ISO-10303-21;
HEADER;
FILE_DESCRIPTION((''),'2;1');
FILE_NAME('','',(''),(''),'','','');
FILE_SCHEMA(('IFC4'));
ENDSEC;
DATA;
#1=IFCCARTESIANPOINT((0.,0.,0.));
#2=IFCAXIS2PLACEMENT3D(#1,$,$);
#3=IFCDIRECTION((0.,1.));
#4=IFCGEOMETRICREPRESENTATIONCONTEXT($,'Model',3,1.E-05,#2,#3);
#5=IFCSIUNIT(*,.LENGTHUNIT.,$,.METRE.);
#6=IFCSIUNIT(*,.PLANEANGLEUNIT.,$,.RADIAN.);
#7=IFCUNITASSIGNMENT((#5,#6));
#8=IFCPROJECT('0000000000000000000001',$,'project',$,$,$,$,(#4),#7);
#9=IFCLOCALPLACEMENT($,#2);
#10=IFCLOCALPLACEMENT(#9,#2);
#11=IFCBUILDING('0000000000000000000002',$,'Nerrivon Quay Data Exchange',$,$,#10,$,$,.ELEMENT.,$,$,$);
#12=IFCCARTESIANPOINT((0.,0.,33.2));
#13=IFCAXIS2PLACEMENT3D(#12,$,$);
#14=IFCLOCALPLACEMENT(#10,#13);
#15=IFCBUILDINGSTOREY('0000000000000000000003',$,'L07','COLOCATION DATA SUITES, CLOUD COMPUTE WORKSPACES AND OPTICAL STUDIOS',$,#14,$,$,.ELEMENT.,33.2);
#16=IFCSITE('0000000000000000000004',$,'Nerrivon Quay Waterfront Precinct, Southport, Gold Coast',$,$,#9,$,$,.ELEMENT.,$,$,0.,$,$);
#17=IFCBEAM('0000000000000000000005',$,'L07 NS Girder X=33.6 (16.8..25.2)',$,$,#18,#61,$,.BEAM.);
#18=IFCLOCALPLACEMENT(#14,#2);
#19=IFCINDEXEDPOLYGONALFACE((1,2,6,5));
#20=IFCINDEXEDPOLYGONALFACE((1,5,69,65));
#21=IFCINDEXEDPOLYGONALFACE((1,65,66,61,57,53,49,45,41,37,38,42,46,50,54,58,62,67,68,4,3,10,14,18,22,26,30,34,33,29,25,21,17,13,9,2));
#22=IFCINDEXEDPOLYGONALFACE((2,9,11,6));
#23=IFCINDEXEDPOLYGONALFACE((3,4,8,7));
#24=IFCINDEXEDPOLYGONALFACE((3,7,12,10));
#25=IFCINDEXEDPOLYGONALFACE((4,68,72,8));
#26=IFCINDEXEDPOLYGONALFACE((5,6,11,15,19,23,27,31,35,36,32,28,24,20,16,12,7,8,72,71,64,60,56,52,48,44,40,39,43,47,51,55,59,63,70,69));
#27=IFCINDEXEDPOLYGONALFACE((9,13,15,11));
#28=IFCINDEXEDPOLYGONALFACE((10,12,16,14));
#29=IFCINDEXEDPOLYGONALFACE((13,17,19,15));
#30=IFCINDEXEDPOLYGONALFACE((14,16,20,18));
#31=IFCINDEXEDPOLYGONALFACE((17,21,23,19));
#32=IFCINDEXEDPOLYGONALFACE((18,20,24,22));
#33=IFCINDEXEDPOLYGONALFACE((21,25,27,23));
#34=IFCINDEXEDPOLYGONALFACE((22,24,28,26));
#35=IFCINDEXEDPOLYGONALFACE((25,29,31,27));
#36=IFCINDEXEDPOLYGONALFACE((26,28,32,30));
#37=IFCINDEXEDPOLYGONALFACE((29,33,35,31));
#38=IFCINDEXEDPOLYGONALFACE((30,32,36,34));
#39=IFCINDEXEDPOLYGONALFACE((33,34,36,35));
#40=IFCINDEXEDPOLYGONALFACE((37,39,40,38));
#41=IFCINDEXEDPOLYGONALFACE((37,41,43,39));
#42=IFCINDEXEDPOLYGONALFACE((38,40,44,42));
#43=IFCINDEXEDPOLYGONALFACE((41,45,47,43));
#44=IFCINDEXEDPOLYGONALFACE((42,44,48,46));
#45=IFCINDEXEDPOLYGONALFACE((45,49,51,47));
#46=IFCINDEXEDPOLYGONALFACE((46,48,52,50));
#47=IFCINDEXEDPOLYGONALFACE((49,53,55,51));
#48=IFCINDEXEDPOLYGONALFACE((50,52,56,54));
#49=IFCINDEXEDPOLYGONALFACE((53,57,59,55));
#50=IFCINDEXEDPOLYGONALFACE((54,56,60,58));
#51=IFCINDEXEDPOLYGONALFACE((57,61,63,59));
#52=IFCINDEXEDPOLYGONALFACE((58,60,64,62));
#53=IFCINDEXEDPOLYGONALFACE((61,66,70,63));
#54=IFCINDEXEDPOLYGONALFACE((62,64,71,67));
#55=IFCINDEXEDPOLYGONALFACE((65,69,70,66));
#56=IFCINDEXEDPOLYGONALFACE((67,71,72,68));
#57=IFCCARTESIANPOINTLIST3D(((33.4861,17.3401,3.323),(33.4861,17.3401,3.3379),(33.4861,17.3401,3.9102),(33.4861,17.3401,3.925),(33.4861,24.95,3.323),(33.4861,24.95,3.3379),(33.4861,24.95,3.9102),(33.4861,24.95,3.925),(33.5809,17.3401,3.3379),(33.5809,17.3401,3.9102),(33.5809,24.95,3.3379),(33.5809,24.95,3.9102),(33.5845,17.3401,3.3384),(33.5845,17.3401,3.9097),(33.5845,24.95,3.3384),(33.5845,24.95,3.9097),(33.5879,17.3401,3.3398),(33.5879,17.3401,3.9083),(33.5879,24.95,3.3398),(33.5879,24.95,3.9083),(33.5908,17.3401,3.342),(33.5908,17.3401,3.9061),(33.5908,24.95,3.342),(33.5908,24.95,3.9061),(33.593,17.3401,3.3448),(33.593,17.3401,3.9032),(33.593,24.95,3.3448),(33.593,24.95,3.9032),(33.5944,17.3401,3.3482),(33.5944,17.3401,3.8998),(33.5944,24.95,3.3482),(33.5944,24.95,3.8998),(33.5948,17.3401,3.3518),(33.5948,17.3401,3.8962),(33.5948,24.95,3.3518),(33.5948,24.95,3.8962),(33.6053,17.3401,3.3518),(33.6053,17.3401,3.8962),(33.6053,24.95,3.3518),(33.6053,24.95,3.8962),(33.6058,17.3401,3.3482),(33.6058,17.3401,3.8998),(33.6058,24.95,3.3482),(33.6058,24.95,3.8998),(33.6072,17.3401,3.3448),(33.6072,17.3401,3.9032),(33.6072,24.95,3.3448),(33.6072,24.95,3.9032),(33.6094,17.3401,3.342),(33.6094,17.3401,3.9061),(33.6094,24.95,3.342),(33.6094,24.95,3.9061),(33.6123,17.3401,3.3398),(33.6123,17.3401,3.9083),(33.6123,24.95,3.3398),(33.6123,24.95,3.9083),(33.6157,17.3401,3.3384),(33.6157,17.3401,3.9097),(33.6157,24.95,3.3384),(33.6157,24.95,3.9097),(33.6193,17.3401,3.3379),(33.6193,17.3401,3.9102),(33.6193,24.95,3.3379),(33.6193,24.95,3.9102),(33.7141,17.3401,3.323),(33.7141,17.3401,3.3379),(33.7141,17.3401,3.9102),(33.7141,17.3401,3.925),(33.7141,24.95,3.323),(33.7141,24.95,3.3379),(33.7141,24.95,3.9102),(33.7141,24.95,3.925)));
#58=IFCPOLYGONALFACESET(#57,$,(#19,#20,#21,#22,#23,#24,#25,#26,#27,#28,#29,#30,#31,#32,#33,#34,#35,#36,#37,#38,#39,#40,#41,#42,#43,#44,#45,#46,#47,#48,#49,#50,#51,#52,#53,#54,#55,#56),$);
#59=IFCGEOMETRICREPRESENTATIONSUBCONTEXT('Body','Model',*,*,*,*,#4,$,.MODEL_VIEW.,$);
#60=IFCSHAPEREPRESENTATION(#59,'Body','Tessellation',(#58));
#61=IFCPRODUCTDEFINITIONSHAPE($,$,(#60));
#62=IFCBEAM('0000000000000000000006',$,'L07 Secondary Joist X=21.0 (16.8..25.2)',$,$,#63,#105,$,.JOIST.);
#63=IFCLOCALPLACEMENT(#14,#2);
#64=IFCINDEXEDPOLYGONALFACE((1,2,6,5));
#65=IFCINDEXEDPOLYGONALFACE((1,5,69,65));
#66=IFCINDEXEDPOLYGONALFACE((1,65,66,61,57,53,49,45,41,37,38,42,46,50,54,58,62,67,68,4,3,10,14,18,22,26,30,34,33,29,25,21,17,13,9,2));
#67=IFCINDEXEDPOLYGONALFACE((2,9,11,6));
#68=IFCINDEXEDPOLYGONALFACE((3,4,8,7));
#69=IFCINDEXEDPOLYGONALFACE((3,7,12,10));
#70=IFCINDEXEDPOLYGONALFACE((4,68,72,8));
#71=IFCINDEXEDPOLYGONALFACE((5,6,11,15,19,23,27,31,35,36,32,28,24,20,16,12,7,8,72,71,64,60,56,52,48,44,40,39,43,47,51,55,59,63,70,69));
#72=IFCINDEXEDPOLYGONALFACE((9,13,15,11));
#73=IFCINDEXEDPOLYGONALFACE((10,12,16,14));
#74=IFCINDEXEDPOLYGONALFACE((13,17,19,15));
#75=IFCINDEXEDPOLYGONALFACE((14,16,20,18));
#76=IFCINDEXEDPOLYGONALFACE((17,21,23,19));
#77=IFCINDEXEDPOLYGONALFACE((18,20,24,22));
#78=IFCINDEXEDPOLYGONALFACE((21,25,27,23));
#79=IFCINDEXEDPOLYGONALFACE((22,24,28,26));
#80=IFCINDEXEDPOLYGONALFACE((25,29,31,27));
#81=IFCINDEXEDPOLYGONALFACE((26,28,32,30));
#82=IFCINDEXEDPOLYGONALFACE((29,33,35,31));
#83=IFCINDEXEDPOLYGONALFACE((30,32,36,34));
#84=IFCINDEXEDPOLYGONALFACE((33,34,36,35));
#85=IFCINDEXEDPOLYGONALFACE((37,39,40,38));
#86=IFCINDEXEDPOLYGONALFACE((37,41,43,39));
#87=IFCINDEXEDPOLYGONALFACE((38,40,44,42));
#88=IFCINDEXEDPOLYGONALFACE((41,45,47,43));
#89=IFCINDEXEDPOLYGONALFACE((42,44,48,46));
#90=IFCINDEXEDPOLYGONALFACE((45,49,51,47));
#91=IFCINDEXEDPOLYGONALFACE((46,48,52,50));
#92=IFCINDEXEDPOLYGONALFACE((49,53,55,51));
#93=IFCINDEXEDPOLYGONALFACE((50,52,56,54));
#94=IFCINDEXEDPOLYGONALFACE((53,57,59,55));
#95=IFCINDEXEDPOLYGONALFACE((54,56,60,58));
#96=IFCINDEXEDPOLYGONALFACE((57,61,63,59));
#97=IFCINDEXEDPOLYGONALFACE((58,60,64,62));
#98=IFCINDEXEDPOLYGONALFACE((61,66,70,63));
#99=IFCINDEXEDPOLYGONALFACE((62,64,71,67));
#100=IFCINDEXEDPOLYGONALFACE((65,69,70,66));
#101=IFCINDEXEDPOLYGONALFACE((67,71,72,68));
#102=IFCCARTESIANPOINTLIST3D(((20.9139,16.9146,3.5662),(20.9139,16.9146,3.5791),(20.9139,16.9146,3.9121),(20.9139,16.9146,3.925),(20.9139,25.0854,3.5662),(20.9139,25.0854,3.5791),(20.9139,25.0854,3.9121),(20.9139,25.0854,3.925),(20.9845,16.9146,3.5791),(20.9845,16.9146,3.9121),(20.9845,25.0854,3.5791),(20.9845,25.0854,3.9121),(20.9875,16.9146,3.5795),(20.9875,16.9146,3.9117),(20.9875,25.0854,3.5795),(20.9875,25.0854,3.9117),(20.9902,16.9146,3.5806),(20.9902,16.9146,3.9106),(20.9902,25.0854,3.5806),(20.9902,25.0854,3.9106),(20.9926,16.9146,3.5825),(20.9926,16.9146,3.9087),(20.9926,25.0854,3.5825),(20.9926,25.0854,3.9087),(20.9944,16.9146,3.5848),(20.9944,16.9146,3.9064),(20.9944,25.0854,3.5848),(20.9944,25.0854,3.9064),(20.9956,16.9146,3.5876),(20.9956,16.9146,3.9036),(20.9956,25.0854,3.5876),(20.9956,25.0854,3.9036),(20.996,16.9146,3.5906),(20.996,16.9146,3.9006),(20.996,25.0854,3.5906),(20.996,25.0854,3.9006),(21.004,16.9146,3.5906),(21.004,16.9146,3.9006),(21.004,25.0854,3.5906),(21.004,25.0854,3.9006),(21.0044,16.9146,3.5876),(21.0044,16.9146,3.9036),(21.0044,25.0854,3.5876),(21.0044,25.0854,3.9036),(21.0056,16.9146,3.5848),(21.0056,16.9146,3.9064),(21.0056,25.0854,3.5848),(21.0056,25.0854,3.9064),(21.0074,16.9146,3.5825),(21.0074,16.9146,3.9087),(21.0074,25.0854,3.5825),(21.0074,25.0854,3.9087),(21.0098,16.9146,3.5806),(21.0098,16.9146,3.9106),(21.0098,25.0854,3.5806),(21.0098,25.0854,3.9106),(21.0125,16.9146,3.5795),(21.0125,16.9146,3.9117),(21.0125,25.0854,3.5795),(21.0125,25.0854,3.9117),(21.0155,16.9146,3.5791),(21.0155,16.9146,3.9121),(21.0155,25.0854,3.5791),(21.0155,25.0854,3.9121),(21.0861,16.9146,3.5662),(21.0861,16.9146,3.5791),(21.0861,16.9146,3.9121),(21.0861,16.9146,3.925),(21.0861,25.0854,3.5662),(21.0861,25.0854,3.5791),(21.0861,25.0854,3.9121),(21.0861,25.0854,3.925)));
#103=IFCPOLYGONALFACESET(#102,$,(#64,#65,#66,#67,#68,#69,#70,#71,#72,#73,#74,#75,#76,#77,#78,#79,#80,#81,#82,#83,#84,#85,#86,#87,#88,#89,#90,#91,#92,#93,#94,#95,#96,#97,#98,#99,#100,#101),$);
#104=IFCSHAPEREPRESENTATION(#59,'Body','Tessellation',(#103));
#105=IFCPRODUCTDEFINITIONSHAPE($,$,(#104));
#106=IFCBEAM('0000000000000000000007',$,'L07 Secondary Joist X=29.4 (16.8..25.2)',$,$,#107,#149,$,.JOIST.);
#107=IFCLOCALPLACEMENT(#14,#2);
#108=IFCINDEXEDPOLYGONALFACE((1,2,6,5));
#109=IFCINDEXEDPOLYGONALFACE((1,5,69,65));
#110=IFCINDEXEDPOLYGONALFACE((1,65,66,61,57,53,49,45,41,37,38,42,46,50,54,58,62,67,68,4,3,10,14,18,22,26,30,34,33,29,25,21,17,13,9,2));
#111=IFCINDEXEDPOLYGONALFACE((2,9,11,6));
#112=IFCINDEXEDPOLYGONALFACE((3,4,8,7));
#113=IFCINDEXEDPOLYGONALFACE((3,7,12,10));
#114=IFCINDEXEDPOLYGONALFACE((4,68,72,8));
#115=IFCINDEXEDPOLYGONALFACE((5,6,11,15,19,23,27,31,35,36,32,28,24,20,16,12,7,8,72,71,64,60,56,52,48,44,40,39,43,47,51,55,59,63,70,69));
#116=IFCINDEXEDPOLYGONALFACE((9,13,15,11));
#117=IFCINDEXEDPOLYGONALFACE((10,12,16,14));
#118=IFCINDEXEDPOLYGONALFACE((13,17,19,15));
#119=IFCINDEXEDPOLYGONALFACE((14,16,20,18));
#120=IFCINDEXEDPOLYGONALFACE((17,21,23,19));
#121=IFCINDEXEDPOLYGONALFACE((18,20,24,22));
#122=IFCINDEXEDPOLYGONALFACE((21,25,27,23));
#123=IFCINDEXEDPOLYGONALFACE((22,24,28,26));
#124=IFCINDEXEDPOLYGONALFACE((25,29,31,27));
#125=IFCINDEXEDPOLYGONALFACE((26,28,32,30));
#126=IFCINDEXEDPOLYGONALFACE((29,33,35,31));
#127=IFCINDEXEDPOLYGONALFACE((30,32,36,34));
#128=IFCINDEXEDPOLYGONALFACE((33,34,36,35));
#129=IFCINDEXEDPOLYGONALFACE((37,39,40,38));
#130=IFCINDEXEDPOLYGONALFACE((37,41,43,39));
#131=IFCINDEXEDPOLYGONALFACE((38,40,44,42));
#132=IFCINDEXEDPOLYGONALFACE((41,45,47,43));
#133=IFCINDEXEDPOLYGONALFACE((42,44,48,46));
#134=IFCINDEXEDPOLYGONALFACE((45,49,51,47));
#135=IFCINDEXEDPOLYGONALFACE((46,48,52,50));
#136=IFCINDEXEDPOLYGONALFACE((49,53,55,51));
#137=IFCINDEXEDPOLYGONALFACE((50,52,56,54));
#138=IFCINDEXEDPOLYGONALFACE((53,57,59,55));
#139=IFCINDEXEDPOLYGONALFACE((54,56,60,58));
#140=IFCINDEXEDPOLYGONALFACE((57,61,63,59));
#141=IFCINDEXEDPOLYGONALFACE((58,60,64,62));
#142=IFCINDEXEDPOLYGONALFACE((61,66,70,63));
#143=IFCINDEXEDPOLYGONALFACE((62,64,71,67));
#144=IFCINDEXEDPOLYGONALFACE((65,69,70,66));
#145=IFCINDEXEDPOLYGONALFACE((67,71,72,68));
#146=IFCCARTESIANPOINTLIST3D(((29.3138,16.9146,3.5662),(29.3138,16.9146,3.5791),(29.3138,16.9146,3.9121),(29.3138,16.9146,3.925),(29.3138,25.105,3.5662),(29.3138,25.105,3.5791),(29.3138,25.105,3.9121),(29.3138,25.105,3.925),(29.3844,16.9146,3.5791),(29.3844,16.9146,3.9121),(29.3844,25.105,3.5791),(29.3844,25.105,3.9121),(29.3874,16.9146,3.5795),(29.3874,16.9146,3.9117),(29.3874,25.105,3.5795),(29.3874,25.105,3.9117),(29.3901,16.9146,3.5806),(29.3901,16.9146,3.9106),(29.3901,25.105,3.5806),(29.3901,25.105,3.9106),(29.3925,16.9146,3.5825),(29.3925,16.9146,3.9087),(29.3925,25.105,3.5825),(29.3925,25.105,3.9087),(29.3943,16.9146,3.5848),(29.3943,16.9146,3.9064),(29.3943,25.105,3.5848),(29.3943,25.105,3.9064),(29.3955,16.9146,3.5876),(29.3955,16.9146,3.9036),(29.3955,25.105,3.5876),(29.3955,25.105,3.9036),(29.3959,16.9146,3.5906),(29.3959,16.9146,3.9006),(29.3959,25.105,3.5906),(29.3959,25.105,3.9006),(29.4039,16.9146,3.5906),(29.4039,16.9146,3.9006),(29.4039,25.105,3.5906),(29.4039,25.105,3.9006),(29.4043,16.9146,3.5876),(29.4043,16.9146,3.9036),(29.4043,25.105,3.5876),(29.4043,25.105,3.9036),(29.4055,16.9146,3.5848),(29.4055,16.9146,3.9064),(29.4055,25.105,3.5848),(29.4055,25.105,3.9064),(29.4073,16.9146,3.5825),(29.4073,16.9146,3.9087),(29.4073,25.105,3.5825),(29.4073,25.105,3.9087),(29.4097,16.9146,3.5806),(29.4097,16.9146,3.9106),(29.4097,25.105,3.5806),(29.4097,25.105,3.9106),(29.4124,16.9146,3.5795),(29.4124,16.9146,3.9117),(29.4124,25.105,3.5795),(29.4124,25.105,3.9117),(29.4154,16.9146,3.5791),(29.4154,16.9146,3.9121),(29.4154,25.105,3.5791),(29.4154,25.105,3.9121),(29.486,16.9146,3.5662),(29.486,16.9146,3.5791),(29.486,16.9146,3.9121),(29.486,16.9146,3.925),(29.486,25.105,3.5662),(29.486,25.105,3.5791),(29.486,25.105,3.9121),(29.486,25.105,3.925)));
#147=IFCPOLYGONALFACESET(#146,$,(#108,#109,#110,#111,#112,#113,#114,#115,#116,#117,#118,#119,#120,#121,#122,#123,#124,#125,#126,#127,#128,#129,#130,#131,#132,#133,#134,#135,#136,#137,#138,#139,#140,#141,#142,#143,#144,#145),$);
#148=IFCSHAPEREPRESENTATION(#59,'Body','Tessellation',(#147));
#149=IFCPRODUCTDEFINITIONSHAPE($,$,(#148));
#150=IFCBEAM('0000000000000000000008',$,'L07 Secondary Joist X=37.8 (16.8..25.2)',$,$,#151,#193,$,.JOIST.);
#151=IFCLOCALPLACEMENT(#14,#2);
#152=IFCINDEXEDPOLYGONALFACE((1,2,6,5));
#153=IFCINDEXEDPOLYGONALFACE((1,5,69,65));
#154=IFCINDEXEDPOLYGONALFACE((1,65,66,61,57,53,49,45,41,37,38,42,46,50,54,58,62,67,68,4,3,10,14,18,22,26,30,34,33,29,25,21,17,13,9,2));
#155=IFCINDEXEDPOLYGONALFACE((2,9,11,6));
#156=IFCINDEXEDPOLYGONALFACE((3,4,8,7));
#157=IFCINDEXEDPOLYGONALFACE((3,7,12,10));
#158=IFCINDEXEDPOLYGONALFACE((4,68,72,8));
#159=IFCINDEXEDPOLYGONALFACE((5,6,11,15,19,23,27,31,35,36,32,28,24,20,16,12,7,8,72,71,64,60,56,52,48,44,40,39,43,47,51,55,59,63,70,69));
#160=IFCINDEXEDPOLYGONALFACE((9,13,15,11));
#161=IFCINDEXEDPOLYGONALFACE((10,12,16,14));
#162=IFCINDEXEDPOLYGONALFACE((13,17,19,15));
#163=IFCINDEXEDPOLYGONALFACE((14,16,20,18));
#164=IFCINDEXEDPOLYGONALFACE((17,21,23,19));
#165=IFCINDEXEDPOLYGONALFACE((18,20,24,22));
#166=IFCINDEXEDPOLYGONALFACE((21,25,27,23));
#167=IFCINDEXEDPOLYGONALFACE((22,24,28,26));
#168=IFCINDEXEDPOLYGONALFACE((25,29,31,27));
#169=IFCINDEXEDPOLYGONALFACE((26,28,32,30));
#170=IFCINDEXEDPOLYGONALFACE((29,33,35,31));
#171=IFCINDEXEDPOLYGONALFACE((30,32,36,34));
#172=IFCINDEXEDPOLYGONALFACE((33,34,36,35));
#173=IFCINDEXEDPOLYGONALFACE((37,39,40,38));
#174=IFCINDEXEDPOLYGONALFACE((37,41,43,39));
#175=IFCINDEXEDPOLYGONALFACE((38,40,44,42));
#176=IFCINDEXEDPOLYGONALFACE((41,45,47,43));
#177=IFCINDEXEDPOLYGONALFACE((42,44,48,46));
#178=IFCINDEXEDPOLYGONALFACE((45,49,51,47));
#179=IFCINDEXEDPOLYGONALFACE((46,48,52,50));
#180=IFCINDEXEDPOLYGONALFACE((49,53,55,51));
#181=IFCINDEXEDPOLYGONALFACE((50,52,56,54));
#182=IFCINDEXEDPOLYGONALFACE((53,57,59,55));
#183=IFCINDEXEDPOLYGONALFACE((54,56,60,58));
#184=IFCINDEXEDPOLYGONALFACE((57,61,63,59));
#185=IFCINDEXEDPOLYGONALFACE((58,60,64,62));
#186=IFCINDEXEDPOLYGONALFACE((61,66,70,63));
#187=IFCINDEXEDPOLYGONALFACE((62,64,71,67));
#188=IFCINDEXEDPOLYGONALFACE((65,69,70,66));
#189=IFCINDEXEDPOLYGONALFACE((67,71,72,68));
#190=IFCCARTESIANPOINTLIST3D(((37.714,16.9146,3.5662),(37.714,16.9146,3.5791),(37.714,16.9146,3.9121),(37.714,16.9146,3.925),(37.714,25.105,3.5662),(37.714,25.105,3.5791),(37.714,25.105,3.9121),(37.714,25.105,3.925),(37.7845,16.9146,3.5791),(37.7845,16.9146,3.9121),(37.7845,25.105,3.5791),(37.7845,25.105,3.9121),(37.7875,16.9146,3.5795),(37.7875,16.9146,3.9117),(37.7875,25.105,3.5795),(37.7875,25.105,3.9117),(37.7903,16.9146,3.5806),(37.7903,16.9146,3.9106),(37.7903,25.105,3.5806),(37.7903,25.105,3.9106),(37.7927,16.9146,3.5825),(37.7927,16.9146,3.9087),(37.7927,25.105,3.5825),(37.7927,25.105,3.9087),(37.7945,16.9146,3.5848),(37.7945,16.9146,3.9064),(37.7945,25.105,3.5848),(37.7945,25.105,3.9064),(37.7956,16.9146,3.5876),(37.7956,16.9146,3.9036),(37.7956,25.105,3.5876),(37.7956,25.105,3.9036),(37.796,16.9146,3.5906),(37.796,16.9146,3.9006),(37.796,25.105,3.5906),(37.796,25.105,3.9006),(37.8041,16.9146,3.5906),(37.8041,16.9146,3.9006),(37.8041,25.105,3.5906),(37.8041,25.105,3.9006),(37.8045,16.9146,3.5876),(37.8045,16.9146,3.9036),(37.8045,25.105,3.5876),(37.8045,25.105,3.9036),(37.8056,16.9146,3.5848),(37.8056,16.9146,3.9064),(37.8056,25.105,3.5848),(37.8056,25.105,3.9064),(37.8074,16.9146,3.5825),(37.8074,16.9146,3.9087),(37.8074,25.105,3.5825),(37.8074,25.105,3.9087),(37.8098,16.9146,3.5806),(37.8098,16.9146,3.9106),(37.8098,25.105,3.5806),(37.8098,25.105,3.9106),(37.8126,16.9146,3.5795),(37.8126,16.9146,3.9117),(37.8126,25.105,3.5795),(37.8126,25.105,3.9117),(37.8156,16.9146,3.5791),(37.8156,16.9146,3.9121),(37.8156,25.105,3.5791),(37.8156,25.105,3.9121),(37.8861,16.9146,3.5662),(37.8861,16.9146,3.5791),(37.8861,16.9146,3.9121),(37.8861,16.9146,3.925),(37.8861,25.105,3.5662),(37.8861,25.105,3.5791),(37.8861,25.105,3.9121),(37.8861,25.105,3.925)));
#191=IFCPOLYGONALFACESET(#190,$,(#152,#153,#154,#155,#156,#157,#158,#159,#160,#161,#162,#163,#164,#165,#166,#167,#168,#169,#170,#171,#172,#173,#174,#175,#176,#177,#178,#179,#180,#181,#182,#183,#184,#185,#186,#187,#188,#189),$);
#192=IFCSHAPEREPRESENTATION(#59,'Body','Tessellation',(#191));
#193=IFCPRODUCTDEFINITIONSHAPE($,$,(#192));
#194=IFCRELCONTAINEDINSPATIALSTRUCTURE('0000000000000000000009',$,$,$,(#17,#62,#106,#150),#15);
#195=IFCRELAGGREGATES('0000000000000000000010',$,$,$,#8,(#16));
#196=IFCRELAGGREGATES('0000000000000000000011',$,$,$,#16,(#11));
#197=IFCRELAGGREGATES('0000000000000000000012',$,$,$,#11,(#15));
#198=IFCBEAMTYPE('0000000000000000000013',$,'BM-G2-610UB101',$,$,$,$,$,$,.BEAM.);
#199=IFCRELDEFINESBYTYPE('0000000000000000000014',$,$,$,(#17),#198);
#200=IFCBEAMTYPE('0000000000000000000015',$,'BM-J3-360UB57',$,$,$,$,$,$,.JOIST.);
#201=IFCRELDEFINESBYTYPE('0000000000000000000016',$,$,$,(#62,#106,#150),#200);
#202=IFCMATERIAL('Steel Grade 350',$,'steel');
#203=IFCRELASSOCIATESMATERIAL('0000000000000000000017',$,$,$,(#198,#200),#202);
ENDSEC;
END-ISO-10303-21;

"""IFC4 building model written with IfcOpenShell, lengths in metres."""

from ifc_helpers import new_model, si_unit, direction, frame, origin, origin_2d, place, context, subcontext, project, spatial, i_section, extrude, material, material_profile, profile_set, type_object, element, save


model = new_model("IFC4")

# Units and contexts
model_context = context("Model", 3, precision=1e-05, world=origin(), true_north=direction((0.0, 1.0)))
body_context = subcontext(model_context, "Body", "Model", "MODEL_VIEW")
ifc_project = project(units=[si_unit("LENGTHUNIT", "METRE"), si_unit("PLANEANGLEUNIT", "RADIAN")], contexts=[model_context])

# Site, building, storey
site_placement = place(None, origin())
site = spatial("IfcSite", under=ifc_project, at=site_placement, Name="Nerrivon Quay Waterfront Precinct, Southport, Gold Coast", CompositionType="ELEMENT", RefElevation=0.0)
building_placement = place(site_placement, origin())
building = spatial("IfcBuilding", under=site, at=building_placement, Name="Nerrivon Quay Data Exchange", CompositionType="ELEMENT")
storey_placement = place(building_placement, frame((0.0, 0.0, 33.2)))
storey = spatial("IfcBuildingStorey", under=building, at=storey_placement, Name="L07", Description="COLOCATION DATA SUITES, CLOUD COMPUTE WORKSPACES AND OPTICAL STUDIOS", CompositionType="ELEMENT", Elevation=33.2)

# Beams
ifc_material_1 = material(Name="Steel Grade 350", Category="steel")
ifc_material_profile_1 = material_profile(ifc_material_1, i_section(OverallWidth=0.228, OverallDepth=0.6021, WebThickness=0.0105, FlangeThickness=0.0149, FilletRadius=0.0139, at=origin_2d()), Name="610UB101")
ifc_profile_set_1 = profile_set([ifc_material_profile_1], Name="Steel Grade 350")
beam_type_1 = type_object("IfcBeamType", Name="BM-G2-610UB101", PredefinedType="BEAM", material=ifc_profile_set_1)
for number, where, z_axis, x_axis, name in (
    (1, (33.6001, 17.3401, 3.624), (0.0, 1.0, 0.0), (-1.0, 0.0, 0.0), "L07 NS Girder X=33.6 (16.8..25.2)"),
):
    element("IfcBeam", number, at=place(storey_placement, frame(where, z_axis=z_axis, x_axis=x_axis)), inside=storey, type_object=beam_type_1, Name=name, PredefinedType="BEAM", context=body_context, shape_type="SweptSolid", body=[
        extrude(i_section(OverallWidth=0.228, OverallDepth=0.6021, WebThickness=0.0105, FlangeThickness=0.0149, FilletRadius=0.0139, at=origin_2d()), origin(), (0.0, 0.0, 1.0), 7.6099),
    ])
ifc_material_profile_2 = material_profile(ifc_material_1, i_section(OverallWidth=0.1721, OverallDepth=0.3589, WebThickness=0.0081, FlangeThickness=0.0129, FilletRadius=0.0115, at=origin_2d()), Name="360UB56.7")
ifc_profile_set_2 = profile_set([ifc_material_profile_2], Name="Steel Grade 350")
beam_type_2 = type_object("IfcBeamType", Name="BM-J3-360UB57", PredefinedType="JOIST", material=ifc_profile_set_2)
beam_1_placement = place(storey_placement, frame((21.0, 16.9146, 3.7456), z_axis=(0.0, 1.0, 0.0), x_axis=(-1.0, 0.0, 0.0)))
element("IfcBeam", 2, at=beam_1_placement, inside=storey, type_object=beam_type_2, Name="L07 Secondary Joist X=21.0 (16.8..25.2)", PredefinedType="JOIST", context=body_context, shape_type="SweptSolid", body=[
    extrude(i_section(OverallWidth=0.1721, OverallDepth=0.3589, WebThickness=0.0081, FlangeThickness=0.0129, FilletRadius=0.0115, at=origin_2d()), origin(), (0.0, 0.0, 1.0), 8.1709),
])
for number, where, z_axis, x_axis, name in (
    (3, (29.3999, 16.9146, 3.7456), (0.0, 1.0, 0.0), (-1.0, 0.0, 0.0), "L07 Secondary Joist X=29.4 (16.8..25.2)"),
    (4, (37.8, 16.9146, 3.7456), (0.0, 1.0, 0.0), (-1.0, 0.0, 0.0), "L07 Secondary Joist X=37.8 (16.8..25.2)"),
):
    element("IfcBeam", number, at=place(storey_placement, frame(where, z_axis=z_axis, x_axis=x_axis)), inside=storey, type_object=beam_type_2, Name=name, PredefinedType="JOIST", context=body_context, shape_type="SweptSolid", body=[
        extrude(i_section(OverallWidth=0.1721, OverallDepth=0.3589, WebThickness=0.0081, FlangeThickness=0.0129, FilletRadius=0.0115, at=origin_2d()), origin(), (0.0, 0.0, 1.0), 8.1904),
    ])

save(model, "model.ifc")
